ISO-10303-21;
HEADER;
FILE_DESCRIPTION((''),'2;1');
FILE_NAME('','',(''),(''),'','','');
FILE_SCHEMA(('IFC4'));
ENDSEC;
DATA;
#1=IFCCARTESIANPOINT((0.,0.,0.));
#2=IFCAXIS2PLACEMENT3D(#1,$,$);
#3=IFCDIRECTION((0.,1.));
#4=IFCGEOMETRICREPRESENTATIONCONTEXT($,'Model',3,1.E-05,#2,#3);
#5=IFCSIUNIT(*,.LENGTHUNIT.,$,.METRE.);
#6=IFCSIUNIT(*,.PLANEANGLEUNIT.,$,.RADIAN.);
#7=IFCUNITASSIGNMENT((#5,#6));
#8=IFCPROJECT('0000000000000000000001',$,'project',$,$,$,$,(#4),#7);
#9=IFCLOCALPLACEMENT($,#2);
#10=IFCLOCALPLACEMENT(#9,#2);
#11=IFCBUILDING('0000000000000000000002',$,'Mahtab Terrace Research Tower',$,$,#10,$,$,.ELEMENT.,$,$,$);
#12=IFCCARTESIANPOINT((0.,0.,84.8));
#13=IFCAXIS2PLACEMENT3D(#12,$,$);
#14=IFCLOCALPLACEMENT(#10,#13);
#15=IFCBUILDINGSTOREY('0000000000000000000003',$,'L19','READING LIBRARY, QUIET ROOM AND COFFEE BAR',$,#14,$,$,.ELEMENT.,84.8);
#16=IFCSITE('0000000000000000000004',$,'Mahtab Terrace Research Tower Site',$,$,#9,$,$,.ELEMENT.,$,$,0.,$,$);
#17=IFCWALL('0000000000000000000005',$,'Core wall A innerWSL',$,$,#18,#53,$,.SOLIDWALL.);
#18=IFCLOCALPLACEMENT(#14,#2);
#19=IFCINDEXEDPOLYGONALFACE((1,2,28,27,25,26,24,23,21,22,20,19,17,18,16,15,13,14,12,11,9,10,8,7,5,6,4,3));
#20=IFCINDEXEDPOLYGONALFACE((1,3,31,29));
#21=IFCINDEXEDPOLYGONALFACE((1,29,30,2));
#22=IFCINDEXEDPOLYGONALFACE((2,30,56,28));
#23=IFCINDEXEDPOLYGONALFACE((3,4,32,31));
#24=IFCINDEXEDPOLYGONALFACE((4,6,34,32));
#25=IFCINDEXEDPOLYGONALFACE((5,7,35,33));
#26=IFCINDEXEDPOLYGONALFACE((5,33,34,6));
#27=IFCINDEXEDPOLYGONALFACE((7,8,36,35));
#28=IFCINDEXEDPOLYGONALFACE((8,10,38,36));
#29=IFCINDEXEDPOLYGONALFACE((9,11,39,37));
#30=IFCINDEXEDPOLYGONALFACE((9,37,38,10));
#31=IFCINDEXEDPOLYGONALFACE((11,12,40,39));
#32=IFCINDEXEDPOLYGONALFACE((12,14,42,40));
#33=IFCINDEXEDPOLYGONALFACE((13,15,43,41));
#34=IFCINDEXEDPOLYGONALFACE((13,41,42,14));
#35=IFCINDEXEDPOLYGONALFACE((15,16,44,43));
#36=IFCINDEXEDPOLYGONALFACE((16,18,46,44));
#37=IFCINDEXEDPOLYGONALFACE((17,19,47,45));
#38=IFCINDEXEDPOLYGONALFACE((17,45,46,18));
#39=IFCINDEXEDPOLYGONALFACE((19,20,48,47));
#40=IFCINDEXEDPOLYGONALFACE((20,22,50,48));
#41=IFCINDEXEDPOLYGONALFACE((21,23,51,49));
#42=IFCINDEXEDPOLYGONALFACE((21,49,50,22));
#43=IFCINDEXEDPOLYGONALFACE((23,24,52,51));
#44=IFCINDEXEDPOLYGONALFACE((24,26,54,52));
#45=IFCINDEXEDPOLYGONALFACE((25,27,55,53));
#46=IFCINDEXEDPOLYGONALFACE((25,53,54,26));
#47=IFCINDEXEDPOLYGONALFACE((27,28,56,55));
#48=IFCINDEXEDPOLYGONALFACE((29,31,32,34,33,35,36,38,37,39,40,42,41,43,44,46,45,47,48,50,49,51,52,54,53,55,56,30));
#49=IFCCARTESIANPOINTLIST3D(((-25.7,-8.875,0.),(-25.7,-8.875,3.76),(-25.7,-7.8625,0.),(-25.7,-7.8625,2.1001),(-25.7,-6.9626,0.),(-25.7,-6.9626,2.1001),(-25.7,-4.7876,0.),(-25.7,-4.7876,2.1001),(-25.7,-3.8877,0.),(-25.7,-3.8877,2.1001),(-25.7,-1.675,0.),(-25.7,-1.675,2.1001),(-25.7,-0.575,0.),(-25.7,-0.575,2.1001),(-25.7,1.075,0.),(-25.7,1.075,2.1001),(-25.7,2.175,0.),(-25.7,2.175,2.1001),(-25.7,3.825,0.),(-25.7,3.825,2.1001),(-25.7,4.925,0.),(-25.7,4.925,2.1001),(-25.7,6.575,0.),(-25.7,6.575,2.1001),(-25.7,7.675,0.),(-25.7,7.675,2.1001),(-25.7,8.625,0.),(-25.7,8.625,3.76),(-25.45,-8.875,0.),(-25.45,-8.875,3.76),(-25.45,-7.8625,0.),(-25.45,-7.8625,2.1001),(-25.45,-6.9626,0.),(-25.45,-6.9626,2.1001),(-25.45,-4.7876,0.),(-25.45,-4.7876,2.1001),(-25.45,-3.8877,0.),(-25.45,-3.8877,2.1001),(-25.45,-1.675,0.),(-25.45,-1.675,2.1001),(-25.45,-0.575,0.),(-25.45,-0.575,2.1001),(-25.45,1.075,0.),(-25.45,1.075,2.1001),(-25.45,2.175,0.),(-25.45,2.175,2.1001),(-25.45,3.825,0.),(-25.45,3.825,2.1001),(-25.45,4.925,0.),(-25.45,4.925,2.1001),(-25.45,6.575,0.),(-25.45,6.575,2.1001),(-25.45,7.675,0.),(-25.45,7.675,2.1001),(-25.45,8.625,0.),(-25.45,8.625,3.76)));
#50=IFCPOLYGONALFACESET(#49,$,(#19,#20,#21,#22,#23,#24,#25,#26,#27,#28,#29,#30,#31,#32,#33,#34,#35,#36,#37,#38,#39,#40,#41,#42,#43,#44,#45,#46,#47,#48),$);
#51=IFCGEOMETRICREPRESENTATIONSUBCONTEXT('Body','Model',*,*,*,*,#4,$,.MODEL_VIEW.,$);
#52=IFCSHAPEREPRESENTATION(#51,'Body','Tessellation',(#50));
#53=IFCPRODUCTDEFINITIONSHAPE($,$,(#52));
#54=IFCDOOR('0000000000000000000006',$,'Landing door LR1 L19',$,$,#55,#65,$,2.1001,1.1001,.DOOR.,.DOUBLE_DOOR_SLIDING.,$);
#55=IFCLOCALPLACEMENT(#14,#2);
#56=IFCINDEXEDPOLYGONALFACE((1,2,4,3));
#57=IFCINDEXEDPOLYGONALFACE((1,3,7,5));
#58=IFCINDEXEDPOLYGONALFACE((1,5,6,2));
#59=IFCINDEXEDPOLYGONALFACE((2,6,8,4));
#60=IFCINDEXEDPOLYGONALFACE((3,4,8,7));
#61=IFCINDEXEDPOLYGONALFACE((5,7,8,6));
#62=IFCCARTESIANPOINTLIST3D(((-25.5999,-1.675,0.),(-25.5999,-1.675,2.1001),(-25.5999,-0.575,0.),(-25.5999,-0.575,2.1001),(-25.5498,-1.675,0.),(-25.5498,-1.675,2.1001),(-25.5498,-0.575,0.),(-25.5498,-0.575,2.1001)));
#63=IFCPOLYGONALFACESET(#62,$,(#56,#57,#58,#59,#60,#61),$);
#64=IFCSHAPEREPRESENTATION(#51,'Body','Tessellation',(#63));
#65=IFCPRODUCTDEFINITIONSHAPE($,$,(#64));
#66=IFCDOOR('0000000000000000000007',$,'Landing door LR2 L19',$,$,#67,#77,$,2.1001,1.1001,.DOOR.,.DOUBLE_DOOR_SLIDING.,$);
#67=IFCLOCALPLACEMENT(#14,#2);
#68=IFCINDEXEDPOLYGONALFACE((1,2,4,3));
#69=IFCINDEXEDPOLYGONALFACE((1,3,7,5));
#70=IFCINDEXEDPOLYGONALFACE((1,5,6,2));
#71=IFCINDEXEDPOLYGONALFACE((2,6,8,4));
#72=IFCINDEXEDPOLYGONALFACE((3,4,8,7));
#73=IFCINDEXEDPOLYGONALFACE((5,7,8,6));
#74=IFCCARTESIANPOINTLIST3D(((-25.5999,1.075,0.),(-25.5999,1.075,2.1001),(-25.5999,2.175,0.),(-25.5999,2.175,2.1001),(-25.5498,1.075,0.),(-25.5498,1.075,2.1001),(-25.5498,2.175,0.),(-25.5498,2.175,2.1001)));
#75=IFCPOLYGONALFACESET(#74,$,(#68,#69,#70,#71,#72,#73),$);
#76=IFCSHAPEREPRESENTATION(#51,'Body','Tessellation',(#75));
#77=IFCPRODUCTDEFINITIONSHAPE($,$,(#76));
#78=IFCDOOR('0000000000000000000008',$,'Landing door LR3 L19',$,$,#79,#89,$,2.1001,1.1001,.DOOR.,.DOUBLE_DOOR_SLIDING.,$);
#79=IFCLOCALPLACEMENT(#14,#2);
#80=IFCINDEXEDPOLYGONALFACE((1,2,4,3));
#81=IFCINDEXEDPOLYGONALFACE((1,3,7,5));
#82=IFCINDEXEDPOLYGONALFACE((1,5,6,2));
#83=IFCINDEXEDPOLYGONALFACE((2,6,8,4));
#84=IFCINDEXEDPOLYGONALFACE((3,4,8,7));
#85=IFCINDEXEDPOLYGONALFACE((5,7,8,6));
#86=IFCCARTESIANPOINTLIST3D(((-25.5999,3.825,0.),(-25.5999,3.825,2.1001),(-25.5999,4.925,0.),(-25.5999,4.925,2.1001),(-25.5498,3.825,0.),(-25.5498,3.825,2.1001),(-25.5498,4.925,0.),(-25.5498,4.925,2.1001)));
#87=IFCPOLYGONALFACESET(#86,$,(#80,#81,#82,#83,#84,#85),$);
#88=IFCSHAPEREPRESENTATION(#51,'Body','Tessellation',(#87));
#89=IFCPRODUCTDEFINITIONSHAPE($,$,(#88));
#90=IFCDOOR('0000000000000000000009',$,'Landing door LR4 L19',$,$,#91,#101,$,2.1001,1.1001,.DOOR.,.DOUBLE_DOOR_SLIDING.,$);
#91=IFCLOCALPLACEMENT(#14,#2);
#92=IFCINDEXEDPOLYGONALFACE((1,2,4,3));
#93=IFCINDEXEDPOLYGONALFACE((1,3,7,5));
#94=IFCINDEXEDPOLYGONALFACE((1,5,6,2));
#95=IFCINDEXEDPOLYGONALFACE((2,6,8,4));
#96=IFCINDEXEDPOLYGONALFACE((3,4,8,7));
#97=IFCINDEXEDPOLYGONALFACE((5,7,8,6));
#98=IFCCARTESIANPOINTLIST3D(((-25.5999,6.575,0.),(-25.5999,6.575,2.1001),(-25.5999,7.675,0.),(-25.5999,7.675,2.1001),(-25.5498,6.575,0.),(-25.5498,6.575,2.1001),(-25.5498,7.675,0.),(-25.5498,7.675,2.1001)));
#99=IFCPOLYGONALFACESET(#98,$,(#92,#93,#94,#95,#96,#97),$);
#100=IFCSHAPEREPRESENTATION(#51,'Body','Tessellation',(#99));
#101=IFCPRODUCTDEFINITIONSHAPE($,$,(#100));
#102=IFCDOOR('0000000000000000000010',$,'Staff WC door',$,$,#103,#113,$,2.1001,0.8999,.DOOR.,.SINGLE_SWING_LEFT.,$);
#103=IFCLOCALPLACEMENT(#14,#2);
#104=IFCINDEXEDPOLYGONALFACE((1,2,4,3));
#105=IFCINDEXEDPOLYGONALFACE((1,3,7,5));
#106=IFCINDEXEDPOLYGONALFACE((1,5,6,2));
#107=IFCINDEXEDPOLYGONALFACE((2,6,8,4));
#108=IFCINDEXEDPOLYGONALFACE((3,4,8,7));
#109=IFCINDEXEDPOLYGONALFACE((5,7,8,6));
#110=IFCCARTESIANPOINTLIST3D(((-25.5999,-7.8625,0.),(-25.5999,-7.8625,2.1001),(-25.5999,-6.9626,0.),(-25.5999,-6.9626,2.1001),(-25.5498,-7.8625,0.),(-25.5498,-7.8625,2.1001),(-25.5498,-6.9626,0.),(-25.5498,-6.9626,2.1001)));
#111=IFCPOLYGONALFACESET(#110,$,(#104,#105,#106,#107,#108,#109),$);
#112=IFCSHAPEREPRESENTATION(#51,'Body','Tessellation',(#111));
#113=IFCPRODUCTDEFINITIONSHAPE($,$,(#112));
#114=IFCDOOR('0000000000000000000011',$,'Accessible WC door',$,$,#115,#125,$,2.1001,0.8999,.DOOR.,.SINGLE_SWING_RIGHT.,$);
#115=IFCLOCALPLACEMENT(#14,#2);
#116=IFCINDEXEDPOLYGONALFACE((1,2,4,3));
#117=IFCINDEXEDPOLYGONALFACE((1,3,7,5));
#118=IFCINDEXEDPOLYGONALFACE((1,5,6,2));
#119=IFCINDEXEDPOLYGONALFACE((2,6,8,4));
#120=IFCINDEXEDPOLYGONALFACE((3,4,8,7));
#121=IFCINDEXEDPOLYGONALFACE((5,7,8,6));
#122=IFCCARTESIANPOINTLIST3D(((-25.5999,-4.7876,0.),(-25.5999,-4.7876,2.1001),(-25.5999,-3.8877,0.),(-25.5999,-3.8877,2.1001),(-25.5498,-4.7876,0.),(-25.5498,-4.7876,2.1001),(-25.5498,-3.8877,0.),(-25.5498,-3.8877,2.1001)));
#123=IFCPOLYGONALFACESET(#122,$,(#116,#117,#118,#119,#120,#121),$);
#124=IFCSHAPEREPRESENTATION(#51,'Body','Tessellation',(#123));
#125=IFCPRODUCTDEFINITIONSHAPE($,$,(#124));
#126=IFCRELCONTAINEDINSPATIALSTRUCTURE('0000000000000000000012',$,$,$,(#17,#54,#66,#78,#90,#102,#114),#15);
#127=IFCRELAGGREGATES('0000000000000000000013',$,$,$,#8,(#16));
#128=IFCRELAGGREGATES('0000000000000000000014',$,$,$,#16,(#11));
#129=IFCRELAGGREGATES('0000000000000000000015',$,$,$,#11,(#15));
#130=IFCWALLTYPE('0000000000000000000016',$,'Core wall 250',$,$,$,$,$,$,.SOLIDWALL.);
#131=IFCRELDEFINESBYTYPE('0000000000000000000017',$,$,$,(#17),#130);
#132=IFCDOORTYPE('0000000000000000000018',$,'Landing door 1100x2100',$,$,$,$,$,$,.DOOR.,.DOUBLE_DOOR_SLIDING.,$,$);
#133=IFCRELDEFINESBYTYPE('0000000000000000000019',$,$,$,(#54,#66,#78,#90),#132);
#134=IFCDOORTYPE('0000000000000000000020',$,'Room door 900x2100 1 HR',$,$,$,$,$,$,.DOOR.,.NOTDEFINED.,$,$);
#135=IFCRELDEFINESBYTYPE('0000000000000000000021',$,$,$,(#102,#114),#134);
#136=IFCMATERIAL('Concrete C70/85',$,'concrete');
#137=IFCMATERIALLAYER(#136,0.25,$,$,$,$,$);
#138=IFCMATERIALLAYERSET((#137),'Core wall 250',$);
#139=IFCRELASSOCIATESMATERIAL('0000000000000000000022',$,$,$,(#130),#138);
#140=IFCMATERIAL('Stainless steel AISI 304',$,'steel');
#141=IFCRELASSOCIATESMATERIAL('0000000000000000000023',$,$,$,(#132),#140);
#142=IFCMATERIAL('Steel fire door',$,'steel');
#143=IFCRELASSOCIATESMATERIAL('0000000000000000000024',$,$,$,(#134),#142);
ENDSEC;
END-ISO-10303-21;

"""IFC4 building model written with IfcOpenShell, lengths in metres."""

from ifc_helpers import new_model, si_unit, direction, frame, frame_2d, origin, place, context, subcontext, project, spatial, rectangle, extrude, material, layer, layer_set, type_object, element, fill, save


model = new_model("IFC4")

# Units and contexts
model_context = context("Model", 3, precision=1e-05, world=origin(), true_north=direction((0.0, 1.0)))
body_context = subcontext(model_context, "Body", "Model", "MODEL_VIEW")
ifc_project = project(units=[si_unit("LENGTHUNIT", "METRE"), si_unit("PLANEANGLEUNIT", "RADIAN")], contexts=[model_context])

# Site, building, storey
site_placement = place(None, origin())
site = spatial("IfcSite", under=ifc_project, at=site_placement, Name="Mahtab Terrace Research Tower Site", CompositionType="ELEMENT", RefElevation=0.0)
building_placement = place(site_placement, origin())
building = spatial("IfcBuilding", under=site, at=building_placement, Name="Mahtab Terrace Research Tower", CompositionType="ELEMENT")
storey_placement = place(building_placement, frame((0.0, 0.0, 84.8)))
storey = spatial("IfcBuildingStorey", under=building, at=storey_placement, Name="L19", Description="READING LIBRARY, QUIET ROOM AND COFFEE BAR", CompositionType="ELEMENT", Elevation=84.8)

# Shared definitions
ifc_material_1 = material(Name="Concrete C70/85", Category="concrete")

# Shared definitions
ifc_layer_1 = layer(ifc_material_1, 0.25)
ifc_layer_set_1 = layer_set([ifc_layer_1], Name="Core wall 250")
wall_type_1 = type_object("IfcWallType", Name="Core wall 250", PredefinedType="SOLIDWALL", material=ifc_layer_set_1)

# Shared definitions
ifc_material_2 = material(Name="Steel fire door", Category="steel")

# Wall, openings, doors
wall_1_placement = place(storey_placement, frame((-25.575, -8.875, 0.0), z_axis=(0.0, 0.0, 1.0), x_axis=(0.0, 1.0, 0.0)))
wall_1 = element("IfcWall", 1, at=wall_1_placement, inside=storey, type_object=wall_type_1, Name="Core wall A innerWSL", PredefinedType="SOLIDWALL", context=body_context, shape_type="SweptSolid", body=[
    extrude(rectangle(XDim=17.5, YDim=0.25, at=frame_2d((8.75, 0.0))), origin(), (0.0, 0.0, 1.0), 3.76),
])
opening_1_placement = place(wall_1_placement, frame((7.2, 0.0, 0.0)))
opening_1 = element("IfcOpeningElement", 2, at=opening_1_placement, cuts=wall_1, PredefinedType="OPENING", context=body_context, shape_type="SweptSolid", body=[
    extrude(rectangle(XDim=1.1001, YDim=2.1001, at=frame_2d((0.55, 1.05))), frame((0.0, 0.135, 0.0), z_axis=(0.0, -1.0, 0.0), x_axis=(1.0, 0.0, 0.0)), (0.0, 0.0, 1.0), 0.27),
])
opening_2_placement = place(wall_1_placement, frame((9.95, 0.0, 0.0)))
opening_2 = element("IfcOpeningElement", 3, at=opening_2_placement, cuts=wall_1, PredefinedType="OPENING", context=body_context, shape_type="SweptSolid", body=[
    extrude(rectangle(XDim=1.1001, YDim=2.1001, at=frame_2d((0.55, 1.05))), frame((0.0, 0.135, 0.0), z_axis=(0.0, -1.0, 0.0), x_axis=(1.0, 0.0, 0.0)), (0.0, 0.0, 1.0), 0.27),
])
opening_3_placement = place(wall_1_placement, frame((12.7, 0.0, 0.0)))
opening_3 = element("IfcOpeningElement", 4, at=opening_3_placement, cuts=wall_1, PredefinedType="OPENING", context=body_context, shape_type="SweptSolid", body=[
    extrude(rectangle(XDim=1.1001, YDim=2.1001, at=frame_2d((0.55, 1.05))), frame((0.0, 0.135, 0.0), z_axis=(0.0, -1.0, 0.0), x_axis=(1.0, 0.0, 0.0)), (0.0, 0.0, 1.0), 0.27),
])
opening_4_placement = place(wall_1_placement, frame((15.45, 0.0, 0.0)))
opening_4 = element("IfcOpeningElement", 5, at=opening_4_placement, cuts=wall_1, PredefinedType="OPENING", context=body_context, shape_type="SweptSolid", body=[
    extrude(rectangle(XDim=1.1001, YDim=2.1001, at=frame_2d((0.55, 1.05))), frame((0.0, 0.135, 0.0), z_axis=(0.0, -1.0, 0.0), x_axis=(1.0, 0.0, 0.0)), (0.0, 0.0, 1.0), 0.27),
])
opening_5_placement = place(wall_1_placement, frame((1.0125, 0.0, 0.0)))
opening_5 = element("IfcOpeningElement", 6, at=opening_5_placement, cuts=wall_1, PredefinedType="OPENING", context=body_context, shape_type="SweptSolid", body=[
    extrude(rectangle(XDim=0.8999, YDim=2.1001, at=frame_2d((0.45, 1.05))), frame((0.0, 0.135, 0.0), z_axis=(0.0, -1.0, 0.0), x_axis=(1.0, 0.0, 0.0)), (0.0, 0.0, 1.0), 0.27),
])
opening_6_placement = place(wall_1_placement, frame((4.0874, 0.0, 0.0)))
opening_6 = element("IfcOpeningElement", 7, at=opening_6_placement, cuts=wall_1, PredefinedType="OPENING", context=body_context, shape_type="SweptSolid", body=[
    extrude(rectangle(XDim=0.8999, YDim=2.1001, at=frame_2d((0.45, 1.05))), frame((0.0, 0.135, 0.0), z_axis=(0.0, -1.0, 0.0), x_axis=(1.0, 0.0, 0.0)), (0.0, 0.0, 1.0), 0.27),
])
ifc_material_3 = material(Name="Stainless steel AISI 304", Category="steel")
door_type_1 = type_object("IfcDoorType", Name="Landing door 1100x2100", OperationType="DOUBLE_DOOR_SLIDING", PredefinedType="DOOR", material=ifc_material_3)
door_1_placement = place(opening_1_placement, origin())
door_1 = element("IfcDoor", 8, at=door_1_placement, inside=storey, type_object=door_type_1, Name="Landing door LR1 L19", OperationType="DOUBLE_DOOR_SLIDING", OverallHeight=2.1001, OverallWidth=1.1001, PredefinedType="DOOR", context=body_context, shape_type="SweptSolid", body=[
    extrude(rectangle(XDim=1.1001, YDim=2.1001, at=frame_2d((0.55, 1.05))), frame((0.0, 0.0249, 0.0), z_axis=(0.0, -1.0, 0.0), x_axis=(1.0, 0.0, 0.0)), (0.0, 0.0, 1.0), 0.05),
])
fill(opening_1, door_1)
door_2_placement = place(opening_2_placement, origin())
door_2 = element("IfcDoor", 9, at=door_2_placement, inside=storey, type_object=door_type_1, Name="Landing door LR2 L19", OperationType="DOUBLE_DOOR_SLIDING", OverallHeight=2.1001, OverallWidth=1.1001, PredefinedType="DOOR", context=body_context, shape_type="SweptSolid", body=[
    extrude(rectangle(XDim=1.1001, YDim=2.1001, at=frame_2d((0.55, 1.05))), frame((0.0, 0.0249, 0.0), z_axis=(0.0, -1.0, 0.0), x_axis=(1.0, 0.0, 0.0)), (0.0, 0.0, 1.0), 0.05),
])
fill(opening_2, door_2)
door_3_placement = place(opening_3_placement, origin())
door_3 = element("IfcDoor", 10, at=door_3_placement, inside=storey, type_object=door_type_1, Name="Landing door LR3 L19", OperationType="DOUBLE_DOOR_SLIDING", OverallHeight=2.1001, OverallWidth=1.1001, PredefinedType="DOOR", context=body_context, shape_type="SweptSolid", body=[
    extrude(rectangle(XDim=1.1001, YDim=2.1001, at=frame_2d((0.55, 1.05))), frame((0.0, 0.0249, 0.0), z_axis=(0.0, -1.0, 0.0), x_axis=(1.0, 0.0, 0.0)), (0.0, 0.0, 1.0), 0.05),
])
fill(opening_3, door_3)
door_4_placement = place(opening_4_placement, origin())
door_4 = element("IfcDoor", 11, at=door_4_placement, inside=storey, type_object=door_type_1, Name="Landing door LR4 L19", OperationType="DOUBLE_DOOR_SLIDING", OverallHeight=2.1001, OverallWidth=1.1001, PredefinedType="DOOR", context=body_context, shape_type="SweptSolid", body=[
    extrude(rectangle(XDim=1.1001, YDim=2.1001, at=frame_2d((0.55, 1.05))), frame((0.0, 0.0249, 0.0), z_axis=(0.0, -1.0, 0.0), x_axis=(1.0, 0.0, 0.0)), (0.0, 0.0, 1.0), 0.05),
])
fill(opening_4, door_4)
door_type_2 = type_object("IfcDoorType", Name="Room door 900x2100 1 HR", OperationType="NOTDEFINED", PredefinedType="DOOR", material=ifc_material_2)
door_5_placement = place(opening_5_placement, origin())
door_5 = element("IfcDoor", 12, at=door_5_placement, inside=storey, type_object=door_type_2, Name="Staff WC door", OperationType="SINGLE_SWING_LEFT", OverallHeight=2.1001, OverallWidth=0.8999, PredefinedType="DOOR", context=body_context, shape_type="SweptSolid", body=[
    extrude(rectangle(XDim=0.8999, YDim=2.1001, at=frame_2d((0.45, 1.05))), frame((0.0, 0.0249, 0.0), z_axis=(0.0, -1.0, 0.0), x_axis=(1.0, 0.0, 0.0)), (0.0, 0.0, 1.0), 0.05),
])
fill(opening_5, door_5)
door_6_placement = place(opening_6_placement, origin())
door_6 = element("IfcDoor", 13, at=door_6_placement, inside=storey, type_object=door_type_2, Name="Accessible WC door", OperationType="SINGLE_SWING_RIGHT", OverallHeight=2.1001, OverallWidth=0.8999, PredefinedType="DOOR", context=body_context, shape_type="SweptSolid", body=[
    extrude(rectangle(XDim=0.8999, YDim=2.1001, at=frame_2d((0.45, 1.05))), frame((0.0, 0.0249, 0.0), z_axis=(0.0, -1.0, 0.0), x_axis=(1.0, 0.0, 0.0)), (0.0, 0.0, 1.0), 0.05),
])
fill(opening_6, door_6)

save(model, "model.ifc")
